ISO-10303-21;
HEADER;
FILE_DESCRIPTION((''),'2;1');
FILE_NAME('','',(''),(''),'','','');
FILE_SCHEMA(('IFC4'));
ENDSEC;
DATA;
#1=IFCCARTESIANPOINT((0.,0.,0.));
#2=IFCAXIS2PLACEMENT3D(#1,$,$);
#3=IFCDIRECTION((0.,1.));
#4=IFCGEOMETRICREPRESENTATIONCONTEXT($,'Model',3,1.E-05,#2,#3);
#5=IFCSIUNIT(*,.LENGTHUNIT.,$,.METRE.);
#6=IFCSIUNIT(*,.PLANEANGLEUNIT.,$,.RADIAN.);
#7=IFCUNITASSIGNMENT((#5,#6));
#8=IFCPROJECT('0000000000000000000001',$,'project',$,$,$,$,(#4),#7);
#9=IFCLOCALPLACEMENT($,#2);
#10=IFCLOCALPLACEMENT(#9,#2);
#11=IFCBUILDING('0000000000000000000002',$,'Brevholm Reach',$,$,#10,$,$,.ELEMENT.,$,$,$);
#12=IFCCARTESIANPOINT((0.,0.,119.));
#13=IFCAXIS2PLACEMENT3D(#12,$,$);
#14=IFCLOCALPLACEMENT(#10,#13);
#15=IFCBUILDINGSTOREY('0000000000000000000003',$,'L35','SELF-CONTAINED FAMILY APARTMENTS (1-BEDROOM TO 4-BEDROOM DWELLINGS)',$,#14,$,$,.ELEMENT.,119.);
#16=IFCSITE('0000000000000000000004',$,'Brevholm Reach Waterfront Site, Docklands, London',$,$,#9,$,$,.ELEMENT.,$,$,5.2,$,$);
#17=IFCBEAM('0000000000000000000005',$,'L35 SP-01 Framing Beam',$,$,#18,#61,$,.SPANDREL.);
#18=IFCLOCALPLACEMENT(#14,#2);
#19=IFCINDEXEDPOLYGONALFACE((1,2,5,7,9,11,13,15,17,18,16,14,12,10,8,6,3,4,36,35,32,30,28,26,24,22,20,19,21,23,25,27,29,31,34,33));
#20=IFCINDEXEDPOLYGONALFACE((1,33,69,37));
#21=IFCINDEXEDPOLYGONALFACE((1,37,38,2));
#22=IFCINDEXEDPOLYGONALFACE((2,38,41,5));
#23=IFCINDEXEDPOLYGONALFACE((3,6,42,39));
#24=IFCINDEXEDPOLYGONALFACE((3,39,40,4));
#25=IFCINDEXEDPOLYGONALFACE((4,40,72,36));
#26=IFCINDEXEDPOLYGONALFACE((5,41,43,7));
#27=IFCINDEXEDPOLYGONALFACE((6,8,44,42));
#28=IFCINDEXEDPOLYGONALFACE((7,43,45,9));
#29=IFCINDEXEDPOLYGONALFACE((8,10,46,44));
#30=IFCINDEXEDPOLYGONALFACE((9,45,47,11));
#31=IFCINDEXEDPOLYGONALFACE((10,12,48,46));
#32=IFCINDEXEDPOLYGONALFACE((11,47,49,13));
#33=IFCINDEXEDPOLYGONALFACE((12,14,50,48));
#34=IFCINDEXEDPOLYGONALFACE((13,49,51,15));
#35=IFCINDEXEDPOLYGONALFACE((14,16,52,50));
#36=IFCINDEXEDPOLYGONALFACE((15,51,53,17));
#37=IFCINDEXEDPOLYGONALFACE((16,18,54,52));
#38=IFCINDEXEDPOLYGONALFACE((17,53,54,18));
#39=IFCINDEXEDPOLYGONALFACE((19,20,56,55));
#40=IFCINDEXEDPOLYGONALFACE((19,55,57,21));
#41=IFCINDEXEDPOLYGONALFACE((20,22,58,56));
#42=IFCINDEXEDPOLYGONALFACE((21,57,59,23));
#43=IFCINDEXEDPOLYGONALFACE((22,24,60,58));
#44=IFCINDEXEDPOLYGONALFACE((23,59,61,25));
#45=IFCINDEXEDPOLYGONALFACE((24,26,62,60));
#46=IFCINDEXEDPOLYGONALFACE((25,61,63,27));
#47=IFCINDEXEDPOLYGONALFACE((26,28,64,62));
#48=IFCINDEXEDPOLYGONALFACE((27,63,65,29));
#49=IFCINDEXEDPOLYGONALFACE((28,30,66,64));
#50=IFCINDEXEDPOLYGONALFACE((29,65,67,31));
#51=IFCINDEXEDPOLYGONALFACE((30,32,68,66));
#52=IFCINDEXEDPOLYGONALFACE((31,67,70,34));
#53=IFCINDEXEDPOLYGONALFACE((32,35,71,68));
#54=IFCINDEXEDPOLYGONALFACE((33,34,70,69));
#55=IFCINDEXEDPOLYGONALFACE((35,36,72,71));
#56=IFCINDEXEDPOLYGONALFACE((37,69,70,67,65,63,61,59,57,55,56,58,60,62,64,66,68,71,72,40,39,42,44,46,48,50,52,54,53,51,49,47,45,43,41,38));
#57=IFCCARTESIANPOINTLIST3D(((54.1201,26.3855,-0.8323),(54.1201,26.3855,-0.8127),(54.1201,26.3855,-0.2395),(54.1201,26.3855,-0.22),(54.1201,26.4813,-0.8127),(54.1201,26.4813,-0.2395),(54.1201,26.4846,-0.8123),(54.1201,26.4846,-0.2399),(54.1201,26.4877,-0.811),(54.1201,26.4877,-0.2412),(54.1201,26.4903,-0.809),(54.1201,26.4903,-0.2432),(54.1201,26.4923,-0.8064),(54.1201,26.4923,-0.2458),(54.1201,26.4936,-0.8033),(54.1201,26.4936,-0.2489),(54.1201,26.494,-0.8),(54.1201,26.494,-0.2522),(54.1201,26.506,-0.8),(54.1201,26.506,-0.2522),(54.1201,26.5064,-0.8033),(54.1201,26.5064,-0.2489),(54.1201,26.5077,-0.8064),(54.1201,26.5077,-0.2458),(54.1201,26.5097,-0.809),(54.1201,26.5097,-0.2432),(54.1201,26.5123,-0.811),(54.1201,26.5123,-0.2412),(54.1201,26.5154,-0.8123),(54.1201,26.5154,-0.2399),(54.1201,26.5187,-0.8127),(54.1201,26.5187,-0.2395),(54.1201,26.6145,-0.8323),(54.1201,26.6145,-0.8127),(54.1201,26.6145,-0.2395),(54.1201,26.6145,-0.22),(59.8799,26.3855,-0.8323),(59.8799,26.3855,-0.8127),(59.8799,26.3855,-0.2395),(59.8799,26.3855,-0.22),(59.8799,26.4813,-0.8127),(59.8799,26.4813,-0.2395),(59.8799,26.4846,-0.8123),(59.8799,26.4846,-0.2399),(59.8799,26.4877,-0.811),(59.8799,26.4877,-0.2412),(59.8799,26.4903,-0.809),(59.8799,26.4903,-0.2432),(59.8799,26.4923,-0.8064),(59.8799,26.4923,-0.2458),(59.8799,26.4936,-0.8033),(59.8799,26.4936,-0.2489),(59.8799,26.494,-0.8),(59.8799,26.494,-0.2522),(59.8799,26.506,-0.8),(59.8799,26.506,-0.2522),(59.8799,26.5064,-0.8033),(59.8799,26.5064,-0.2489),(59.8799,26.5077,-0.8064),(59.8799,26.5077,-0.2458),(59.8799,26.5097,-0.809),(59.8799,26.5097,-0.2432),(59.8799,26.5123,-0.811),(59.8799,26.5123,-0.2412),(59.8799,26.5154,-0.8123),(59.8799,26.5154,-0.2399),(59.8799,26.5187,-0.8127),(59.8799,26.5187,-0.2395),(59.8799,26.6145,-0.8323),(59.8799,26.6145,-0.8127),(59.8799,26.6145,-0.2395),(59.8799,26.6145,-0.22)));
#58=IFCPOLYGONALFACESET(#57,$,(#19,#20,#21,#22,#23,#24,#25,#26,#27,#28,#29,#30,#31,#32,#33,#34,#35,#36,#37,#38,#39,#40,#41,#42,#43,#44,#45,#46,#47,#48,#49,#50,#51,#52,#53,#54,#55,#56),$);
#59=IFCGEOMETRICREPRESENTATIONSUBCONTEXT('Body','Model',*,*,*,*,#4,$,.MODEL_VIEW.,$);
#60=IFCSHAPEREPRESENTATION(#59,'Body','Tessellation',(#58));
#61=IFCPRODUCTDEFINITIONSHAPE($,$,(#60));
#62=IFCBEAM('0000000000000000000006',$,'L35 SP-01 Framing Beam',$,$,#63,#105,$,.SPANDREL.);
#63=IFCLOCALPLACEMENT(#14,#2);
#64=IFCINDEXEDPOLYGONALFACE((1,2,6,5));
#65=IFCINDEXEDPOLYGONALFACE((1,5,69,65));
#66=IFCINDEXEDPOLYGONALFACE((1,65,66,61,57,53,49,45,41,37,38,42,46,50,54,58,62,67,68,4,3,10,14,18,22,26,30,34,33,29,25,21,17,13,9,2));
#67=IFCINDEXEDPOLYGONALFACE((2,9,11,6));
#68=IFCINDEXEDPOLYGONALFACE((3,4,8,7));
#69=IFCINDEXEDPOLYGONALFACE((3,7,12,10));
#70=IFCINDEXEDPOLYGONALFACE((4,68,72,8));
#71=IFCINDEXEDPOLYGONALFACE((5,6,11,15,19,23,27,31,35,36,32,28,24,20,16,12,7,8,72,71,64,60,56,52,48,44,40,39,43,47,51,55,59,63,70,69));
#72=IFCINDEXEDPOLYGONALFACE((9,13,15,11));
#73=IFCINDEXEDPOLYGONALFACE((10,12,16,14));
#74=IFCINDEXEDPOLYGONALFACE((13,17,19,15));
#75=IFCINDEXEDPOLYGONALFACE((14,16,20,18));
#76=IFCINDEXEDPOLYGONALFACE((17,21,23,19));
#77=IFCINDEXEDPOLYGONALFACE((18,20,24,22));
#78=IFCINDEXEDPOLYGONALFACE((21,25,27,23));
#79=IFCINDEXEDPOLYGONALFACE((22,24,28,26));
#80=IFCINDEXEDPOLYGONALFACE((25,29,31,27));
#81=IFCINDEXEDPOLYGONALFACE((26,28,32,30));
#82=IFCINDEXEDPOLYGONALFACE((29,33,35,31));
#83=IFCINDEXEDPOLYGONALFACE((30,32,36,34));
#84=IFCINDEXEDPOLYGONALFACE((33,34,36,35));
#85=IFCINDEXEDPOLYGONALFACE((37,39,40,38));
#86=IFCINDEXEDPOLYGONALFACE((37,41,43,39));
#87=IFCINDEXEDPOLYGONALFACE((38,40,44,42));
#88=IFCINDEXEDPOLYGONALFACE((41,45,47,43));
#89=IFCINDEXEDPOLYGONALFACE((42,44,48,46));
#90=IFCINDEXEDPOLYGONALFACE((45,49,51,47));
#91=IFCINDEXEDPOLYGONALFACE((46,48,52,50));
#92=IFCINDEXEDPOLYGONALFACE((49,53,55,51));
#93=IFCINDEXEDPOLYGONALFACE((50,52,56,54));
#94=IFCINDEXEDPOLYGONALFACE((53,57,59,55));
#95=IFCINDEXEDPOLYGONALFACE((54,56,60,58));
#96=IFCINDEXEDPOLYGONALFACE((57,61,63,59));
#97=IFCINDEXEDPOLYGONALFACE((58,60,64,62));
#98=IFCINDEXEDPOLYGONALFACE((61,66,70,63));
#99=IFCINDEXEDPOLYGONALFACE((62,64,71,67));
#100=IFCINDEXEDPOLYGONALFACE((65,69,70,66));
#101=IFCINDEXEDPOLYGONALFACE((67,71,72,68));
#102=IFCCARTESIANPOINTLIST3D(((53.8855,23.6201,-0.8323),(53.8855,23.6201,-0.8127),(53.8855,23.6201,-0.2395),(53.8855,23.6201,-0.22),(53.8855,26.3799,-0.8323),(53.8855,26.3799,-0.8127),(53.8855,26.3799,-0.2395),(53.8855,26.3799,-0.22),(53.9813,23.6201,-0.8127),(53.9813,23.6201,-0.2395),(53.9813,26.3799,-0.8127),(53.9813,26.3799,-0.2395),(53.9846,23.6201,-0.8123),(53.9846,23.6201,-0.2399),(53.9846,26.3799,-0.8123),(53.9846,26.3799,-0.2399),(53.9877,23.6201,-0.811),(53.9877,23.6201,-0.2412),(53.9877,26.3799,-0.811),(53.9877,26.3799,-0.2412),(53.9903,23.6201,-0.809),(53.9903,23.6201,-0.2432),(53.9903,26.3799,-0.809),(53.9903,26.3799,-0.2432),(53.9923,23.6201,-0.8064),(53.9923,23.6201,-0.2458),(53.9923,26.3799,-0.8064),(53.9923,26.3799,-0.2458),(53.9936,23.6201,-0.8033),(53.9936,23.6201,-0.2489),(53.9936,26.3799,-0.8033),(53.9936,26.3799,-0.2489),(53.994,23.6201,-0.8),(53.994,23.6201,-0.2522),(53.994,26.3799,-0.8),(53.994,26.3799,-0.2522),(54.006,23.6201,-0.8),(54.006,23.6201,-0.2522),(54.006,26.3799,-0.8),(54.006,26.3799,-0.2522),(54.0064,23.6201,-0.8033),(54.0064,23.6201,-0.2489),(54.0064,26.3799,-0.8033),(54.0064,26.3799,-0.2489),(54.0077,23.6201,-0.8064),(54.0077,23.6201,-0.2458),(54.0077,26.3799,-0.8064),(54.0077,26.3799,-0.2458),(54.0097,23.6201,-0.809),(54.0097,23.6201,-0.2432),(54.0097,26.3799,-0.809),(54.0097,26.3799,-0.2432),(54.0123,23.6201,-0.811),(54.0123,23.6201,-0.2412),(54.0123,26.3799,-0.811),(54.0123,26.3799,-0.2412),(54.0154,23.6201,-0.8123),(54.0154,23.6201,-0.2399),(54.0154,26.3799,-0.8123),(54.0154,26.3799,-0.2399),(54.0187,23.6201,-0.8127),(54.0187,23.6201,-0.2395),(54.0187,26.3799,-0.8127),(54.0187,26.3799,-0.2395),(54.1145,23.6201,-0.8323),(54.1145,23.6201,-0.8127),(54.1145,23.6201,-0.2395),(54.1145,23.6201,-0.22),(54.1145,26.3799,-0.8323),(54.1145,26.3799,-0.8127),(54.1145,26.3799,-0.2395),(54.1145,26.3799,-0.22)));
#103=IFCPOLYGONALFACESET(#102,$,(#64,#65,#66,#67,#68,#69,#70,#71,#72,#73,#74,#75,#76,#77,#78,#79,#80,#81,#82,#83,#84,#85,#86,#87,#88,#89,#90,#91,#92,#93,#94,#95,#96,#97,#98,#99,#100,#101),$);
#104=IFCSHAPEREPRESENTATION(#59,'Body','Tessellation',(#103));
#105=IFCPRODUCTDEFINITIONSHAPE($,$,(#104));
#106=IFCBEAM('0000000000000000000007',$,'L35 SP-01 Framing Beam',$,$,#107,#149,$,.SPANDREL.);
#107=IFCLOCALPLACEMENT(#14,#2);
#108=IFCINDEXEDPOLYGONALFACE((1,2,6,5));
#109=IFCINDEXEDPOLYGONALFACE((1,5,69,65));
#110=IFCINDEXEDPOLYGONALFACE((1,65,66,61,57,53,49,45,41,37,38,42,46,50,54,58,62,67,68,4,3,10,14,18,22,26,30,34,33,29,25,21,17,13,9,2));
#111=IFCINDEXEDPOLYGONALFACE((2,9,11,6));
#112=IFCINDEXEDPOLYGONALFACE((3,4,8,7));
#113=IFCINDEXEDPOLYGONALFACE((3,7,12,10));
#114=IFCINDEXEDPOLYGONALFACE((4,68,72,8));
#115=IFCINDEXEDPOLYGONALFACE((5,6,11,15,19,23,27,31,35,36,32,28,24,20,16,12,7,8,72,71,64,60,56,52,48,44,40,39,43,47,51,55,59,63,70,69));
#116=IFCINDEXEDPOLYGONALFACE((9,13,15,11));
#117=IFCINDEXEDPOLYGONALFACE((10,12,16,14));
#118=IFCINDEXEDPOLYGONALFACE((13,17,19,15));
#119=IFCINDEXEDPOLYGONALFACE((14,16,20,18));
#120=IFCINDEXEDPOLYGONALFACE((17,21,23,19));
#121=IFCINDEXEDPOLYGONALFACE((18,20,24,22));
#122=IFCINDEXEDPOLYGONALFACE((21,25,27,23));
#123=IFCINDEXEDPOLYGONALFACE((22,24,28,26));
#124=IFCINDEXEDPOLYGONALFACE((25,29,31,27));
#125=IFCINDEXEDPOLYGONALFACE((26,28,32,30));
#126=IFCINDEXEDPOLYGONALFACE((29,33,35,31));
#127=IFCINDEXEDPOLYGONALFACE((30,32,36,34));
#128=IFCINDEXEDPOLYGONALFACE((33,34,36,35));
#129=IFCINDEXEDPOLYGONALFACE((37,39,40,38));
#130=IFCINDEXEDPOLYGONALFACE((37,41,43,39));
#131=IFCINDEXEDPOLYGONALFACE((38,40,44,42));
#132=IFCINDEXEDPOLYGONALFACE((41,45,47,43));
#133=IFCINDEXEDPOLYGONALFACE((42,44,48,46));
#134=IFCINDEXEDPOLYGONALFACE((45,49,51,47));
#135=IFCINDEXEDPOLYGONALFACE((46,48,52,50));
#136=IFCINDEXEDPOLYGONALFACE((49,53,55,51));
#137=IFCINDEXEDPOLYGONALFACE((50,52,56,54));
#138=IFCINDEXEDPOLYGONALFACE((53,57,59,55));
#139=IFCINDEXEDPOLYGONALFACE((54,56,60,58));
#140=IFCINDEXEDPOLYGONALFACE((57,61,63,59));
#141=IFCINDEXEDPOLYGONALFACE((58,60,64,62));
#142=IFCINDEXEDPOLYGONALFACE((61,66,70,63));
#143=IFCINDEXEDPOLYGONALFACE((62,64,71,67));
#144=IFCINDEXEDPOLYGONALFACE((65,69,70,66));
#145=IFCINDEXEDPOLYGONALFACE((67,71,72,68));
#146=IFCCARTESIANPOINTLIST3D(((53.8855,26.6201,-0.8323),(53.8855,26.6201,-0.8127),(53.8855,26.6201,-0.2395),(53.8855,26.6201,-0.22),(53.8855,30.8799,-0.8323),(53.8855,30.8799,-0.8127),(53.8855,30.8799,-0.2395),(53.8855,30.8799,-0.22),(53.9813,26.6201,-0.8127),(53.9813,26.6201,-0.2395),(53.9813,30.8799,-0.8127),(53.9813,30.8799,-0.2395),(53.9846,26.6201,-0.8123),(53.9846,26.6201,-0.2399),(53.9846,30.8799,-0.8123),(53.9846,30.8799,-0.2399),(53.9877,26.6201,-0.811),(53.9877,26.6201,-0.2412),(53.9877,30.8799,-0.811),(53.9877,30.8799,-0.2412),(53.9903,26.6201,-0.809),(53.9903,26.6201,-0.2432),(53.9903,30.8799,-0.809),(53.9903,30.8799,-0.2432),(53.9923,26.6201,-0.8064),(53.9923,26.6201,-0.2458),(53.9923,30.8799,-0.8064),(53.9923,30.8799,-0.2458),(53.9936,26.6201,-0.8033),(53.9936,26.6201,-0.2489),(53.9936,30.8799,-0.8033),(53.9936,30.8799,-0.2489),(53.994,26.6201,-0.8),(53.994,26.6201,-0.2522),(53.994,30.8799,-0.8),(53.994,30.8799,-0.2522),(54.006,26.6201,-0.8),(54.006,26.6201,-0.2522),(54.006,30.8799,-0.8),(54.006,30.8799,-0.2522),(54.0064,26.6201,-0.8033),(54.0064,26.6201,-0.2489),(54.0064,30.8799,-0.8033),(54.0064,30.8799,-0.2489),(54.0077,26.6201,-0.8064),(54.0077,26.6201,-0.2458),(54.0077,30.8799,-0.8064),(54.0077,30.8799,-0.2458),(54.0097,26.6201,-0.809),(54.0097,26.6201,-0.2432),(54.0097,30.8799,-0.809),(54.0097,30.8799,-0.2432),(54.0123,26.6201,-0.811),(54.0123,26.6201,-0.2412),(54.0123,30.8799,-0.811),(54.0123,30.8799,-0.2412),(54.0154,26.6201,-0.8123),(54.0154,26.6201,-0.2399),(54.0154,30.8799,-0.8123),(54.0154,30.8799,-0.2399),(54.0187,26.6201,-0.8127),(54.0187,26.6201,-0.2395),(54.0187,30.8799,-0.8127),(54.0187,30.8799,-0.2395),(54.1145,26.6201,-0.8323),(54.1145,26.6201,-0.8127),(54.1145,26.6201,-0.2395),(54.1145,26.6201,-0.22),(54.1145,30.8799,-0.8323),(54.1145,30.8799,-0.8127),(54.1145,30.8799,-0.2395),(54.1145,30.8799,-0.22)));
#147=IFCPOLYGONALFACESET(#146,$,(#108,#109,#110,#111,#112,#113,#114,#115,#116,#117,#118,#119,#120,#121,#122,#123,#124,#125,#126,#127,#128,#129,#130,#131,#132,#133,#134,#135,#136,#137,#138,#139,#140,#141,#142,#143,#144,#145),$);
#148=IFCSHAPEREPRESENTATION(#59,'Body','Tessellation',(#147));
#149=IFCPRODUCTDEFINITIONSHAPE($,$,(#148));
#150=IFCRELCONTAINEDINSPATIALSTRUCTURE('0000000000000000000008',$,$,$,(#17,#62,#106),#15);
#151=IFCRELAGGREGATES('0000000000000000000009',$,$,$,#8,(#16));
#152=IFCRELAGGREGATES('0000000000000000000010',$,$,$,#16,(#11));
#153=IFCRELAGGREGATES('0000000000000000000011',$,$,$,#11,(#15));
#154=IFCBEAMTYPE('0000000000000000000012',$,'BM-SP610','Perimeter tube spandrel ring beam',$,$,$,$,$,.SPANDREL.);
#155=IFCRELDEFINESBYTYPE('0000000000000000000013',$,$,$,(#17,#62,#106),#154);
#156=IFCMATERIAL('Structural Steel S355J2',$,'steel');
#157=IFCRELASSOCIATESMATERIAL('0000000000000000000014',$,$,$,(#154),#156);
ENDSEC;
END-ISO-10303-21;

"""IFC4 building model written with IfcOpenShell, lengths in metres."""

from ifc_helpers import new_model, si_unit, direction, frame, origin, origin_2d, place, context, subcontext, project, spatial, i_section, extrude, material, material_profile, profile_set, type_object, element, save


model = new_model("IFC4")

# Units and contexts
model_context = context("Model", 3, precision=1e-05, world=origin(), true_north=direction((0.0, 1.0)))
body_context = subcontext(model_context, "Body", "Model", "MODEL_VIEW")
ifc_project = project(units=[si_unit("LENGTHUNIT", "METRE"), si_unit("PLANEANGLEUNIT", "RADIAN")], contexts=[model_context])

# Site, building, storey
site_placement = place(None, origin())
site = spatial("IfcSite", under=ifc_project, at=site_placement, Name="Brevholm Reach Waterfront Site, Docklands, London", CompositionType="ELEMENT", RefElevation=5.2)
building_placement = place(site_placement, origin())
building = spatial("IfcBuilding", under=site, at=building_placement, Name="Brevholm Reach", CompositionType="ELEMENT")
storey_placement = place(building_placement, frame((0.0, 0.0, 119.0)))
storey = spatial("IfcBuildingStorey", under=building, at=storey_placement, Name="L35", Description="SELF-CONTAINED FAMILY APARTMENTS (1-BEDROOM TO 4-BEDROOM DWELLINGS)", CompositionType="ELEMENT", Elevation=119.0)

# Beams
ifc_material_1 = material(Name="Structural Steel S355J2", Category="steel")
ifc_material_profile_1 = material_profile(ifc_material_1, i_section(OverallWidth=0.229, OverallDepth=0.6123, WebThickness=0.012, FlangeThickness=0.0195, FilletRadius=0.0127, at=origin_2d()), Name="UKB 610x229x125")
ifc_profile_set_1 = profile_set([ifc_material_profile_1], Name="Structural Steel S355J2")
beam_type_1 = type_object("IfcBeamType", Name="BM-SP610", Description="Perimeter tube spandrel ring beam", PredefinedType="SPANDREL", material=ifc_profile_set_1)
beam_1_placement = place(storey_placement, frame((54.1201, 26.5, -0.5261), z_axis=(1.0, 0.0, 0.0), x_axis=(0.0, 1.0, 0.0)))
element("IfcBeam", 1, at=beam_1_placement, inside=storey, type_object=beam_type_1, Name="L35 SP-01 Framing Beam", PredefinedType="SPANDREL", context=body_context, shape_type="SweptSolid", body=[
    extrude(i_section(OverallWidth=0.229, OverallDepth=0.6123, WebThickness=0.012, FlangeThickness=0.0195, FilletRadius=0.0127, at=origin_2d()), origin(), (0.0, 0.0, 1.0), 5.7598),
])
beam_2_placement = place(storey_placement, frame((54.0, 23.6201, -0.5261), z_axis=(0.0, 1.0, 0.0), x_axis=(-1.0, 0.0, 0.0)))
element("IfcBeam", 2, at=beam_2_placement, inside=storey, type_object=beam_type_1, Name="L35 SP-01 Framing Beam", PredefinedType="SPANDREL", context=body_context, shape_type="SweptSolid", body=[
    extrude(i_section(OverallWidth=0.229, OverallDepth=0.6123, WebThickness=0.012, FlangeThickness=0.0195, FilletRadius=0.0127, at=origin_2d()), origin(), (0.0, 0.0, 1.0), 2.7598),
])
beam_3_placement = place(storey_placement, frame((54.0, 26.6201, -0.5261), z_axis=(0.0, 1.0, 0.0), x_axis=(-1.0, 0.0, 0.0)))
element("IfcBeam", 3, at=beam_3_placement, inside=storey, type_object=beam_type_1, Name="L35 SP-01 Framing Beam", PredefinedType="SPANDREL", context=body_context, shape_type="SweptSolid", body=[
    extrude(i_section(OverallWidth=0.229, OverallDepth=0.6123, WebThickness=0.012, FlangeThickness=0.0195, FilletRadius=0.0127, at=origin_2d()), origin(), (0.0, 0.0, 1.0), 4.2598),
])

save(model, "model.ifc")
